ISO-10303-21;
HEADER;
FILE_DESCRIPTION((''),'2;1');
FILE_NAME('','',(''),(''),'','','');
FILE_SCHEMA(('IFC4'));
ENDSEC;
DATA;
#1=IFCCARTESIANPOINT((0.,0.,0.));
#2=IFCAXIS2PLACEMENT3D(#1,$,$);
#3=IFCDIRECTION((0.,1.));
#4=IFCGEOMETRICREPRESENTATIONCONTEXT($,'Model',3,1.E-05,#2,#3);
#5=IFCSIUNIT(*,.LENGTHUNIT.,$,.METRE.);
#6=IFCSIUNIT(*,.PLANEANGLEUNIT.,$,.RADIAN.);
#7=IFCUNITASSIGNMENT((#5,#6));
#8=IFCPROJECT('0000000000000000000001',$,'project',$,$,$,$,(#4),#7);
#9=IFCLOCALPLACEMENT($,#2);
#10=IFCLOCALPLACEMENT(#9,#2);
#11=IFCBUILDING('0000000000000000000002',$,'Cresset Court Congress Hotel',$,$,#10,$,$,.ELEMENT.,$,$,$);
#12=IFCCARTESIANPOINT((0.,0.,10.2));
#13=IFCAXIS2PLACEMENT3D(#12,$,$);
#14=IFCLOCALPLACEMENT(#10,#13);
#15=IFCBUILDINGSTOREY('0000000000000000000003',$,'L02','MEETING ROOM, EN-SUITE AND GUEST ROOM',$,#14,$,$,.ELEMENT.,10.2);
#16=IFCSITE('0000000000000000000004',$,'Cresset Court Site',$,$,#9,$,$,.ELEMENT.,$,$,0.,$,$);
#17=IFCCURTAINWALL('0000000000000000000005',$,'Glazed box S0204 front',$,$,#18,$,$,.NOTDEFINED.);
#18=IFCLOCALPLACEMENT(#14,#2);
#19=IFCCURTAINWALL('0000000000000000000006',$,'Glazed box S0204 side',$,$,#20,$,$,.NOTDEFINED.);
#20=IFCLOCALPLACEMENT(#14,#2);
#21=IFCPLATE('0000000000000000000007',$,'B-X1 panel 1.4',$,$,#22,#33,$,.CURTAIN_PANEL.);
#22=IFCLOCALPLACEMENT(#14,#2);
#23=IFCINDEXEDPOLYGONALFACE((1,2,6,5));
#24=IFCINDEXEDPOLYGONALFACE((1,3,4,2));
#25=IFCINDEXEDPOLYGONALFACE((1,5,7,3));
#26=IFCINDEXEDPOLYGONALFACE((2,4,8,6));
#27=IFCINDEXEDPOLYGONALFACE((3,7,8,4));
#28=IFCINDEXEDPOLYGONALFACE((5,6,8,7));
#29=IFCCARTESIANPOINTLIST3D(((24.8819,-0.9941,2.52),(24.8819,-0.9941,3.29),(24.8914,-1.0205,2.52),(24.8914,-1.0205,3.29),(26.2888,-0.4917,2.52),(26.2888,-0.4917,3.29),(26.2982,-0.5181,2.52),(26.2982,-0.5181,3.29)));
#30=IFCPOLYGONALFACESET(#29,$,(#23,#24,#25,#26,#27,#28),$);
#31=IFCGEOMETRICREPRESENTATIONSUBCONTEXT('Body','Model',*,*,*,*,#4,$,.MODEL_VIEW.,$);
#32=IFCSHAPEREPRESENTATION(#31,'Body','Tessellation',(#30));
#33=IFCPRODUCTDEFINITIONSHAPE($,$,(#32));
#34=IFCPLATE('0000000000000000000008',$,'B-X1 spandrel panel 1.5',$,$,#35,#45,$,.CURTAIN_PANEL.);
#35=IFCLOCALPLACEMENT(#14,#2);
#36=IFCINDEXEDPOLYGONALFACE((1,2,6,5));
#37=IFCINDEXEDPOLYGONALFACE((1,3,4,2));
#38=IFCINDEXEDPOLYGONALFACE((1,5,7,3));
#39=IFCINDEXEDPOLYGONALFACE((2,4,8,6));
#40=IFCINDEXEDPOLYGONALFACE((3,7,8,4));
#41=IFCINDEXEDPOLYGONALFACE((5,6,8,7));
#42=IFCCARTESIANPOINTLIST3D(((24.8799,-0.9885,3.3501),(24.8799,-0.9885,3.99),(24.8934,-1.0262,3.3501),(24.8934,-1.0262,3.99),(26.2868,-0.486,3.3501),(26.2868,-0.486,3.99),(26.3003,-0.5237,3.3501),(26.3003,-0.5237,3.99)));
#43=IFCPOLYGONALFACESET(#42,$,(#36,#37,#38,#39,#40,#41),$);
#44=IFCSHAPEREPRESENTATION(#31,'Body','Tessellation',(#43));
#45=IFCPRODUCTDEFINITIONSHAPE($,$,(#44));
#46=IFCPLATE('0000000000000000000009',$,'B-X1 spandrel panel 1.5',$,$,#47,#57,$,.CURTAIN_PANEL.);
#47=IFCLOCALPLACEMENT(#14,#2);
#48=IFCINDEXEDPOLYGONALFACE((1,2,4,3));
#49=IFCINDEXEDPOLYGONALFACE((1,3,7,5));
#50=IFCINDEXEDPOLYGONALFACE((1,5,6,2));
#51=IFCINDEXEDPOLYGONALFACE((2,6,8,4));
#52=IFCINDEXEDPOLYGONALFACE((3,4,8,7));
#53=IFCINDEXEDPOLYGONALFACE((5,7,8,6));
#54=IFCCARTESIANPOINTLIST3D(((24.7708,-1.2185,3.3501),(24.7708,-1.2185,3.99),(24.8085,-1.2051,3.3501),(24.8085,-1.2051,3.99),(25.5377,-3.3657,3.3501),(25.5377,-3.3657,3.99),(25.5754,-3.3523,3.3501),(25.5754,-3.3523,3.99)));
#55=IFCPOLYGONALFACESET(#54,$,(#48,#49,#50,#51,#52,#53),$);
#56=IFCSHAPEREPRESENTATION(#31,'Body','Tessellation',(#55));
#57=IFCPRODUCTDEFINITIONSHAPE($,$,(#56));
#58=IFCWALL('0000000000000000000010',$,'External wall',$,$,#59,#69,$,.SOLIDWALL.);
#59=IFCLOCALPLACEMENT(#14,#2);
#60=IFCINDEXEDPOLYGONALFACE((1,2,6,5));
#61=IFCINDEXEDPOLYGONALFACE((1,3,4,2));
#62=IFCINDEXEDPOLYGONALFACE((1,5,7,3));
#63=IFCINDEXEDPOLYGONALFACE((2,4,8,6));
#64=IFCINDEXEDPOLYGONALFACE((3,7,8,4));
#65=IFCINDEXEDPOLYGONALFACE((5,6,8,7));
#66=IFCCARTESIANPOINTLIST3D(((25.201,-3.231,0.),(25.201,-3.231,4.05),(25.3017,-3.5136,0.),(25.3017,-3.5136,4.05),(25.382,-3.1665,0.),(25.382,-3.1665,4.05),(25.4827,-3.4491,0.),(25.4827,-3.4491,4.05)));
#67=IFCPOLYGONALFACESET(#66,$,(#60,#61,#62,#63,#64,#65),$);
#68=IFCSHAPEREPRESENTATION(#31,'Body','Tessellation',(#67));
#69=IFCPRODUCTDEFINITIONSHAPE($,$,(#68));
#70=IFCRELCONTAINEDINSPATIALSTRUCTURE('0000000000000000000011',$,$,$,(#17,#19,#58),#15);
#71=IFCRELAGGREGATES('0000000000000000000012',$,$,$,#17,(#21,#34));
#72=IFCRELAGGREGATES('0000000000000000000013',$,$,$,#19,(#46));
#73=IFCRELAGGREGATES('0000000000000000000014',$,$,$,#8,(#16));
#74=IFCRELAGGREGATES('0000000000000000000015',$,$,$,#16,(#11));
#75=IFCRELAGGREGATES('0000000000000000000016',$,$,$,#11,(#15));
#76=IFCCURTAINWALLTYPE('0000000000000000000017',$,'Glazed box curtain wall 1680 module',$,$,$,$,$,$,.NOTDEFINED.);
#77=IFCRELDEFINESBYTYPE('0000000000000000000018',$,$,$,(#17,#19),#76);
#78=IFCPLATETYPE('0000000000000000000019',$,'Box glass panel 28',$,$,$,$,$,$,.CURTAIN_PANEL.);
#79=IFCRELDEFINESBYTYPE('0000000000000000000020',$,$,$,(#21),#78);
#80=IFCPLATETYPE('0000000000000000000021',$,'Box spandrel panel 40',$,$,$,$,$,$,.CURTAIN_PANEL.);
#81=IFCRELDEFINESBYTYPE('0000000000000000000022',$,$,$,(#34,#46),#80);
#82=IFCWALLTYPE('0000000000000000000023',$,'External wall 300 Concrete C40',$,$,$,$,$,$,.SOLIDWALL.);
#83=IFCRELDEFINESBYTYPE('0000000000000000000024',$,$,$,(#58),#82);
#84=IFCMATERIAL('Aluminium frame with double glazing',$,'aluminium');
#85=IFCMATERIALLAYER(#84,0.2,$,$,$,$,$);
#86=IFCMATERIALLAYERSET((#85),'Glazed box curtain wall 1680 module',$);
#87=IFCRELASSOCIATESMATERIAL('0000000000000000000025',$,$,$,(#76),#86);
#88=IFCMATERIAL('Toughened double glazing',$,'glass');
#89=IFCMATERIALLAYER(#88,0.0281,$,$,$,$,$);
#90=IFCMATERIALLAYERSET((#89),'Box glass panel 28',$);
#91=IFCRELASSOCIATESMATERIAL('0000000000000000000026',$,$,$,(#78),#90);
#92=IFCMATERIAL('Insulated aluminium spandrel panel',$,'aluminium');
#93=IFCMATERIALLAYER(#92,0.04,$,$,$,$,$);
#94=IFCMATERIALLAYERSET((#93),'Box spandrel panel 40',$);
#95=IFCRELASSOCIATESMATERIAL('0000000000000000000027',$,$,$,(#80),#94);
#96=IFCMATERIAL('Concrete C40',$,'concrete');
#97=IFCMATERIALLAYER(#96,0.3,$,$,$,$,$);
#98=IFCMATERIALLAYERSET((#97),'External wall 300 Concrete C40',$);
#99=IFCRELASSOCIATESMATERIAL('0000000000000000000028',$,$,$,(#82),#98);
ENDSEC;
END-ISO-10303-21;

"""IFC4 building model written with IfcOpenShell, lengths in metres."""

from ifc_helpers import new_model, si_unit, direction, frame, frame_2d, origin, origin_2d, place, context, subcontext, project, spatial, rectangle, extrude, material, layer, layer_set, type_object, element, aggregate, save


model = new_model("IFC4")

# Units and contexts
model_context = context("Model", 3, precision=1e-05, world=origin(), true_north=direction((0.0, 1.0)))
body_context = subcontext(model_context, "Body", "Model", "MODEL_VIEW")
ifc_project = project(units=[si_unit("LENGTHUNIT", "METRE"), si_unit("PLANEANGLEUNIT", "RADIAN")], contexts=[model_context])

# Site, building, storey
site_placement = place(None, origin())
site = spatial("IfcSite", under=ifc_project, at=site_placement, Name="Cresset Court Site", CompositionType="ELEMENT", RefElevation=0.0)
building_placement = place(site_placement, origin())
building = spatial("IfcBuilding", under=site, at=building_placement, Name="Cresset Court Congress Hotel", CompositionType="ELEMENT")
storey_placement = place(building_placement, frame((0.0, 0.0, 10.2)))
storey = spatial("IfcBuildingStorey", under=building, at=storey_placement, Name="L02", Description="MEETING ROOM, EN-SUITE AND GUEST ROOM", CompositionType="ELEMENT", Elevation=10.2)

# Curtain walls
ifc_material_1 = material(Name="Aluminium frame with double glazing", Category="aluminium")
ifc_layer_1 = layer(ifc_material_1, 0.2)
ifc_layer_set_1 = layer_set([ifc_layer_1], Name="Glazed box curtain wall 1680 module")
curtain_wall_type = type_object("IfcCurtainWallType", Name="Glazed box curtain wall 1680 module", PredefinedType="NOTDEFINED", material=ifc_layer_set_1)
curtain_wall_1_placement = place(storey_placement, origin())
curtain_wall_1 = element("IfcCurtainWall", 1, at=curtain_wall_1_placement, inside=storey, type_object=curtain_wall_type, Name="Glazed box S0204 front", PredefinedType="NOTDEFINED")
curtain_wall_2_placement = place(storey_placement, origin())
curtain_wall_2 = element("IfcCurtainWall", 2, at=curtain_wall_2_placement, inside=storey, type_object=curtain_wall_type, Name="Glazed box S0204 side", PredefinedType="NOTDEFINED")

# Plates
ifc_material_2 = material(Name="Toughened double glazing", Category="glass")
ifc_layer_2 = layer(ifc_material_2, 0.0281)
ifc_layer_set_2 = layer_set([ifc_layer_2], Name="Box glass panel 28")
plate_type_1 = type_object("IfcPlateType", Name="Box glass panel 28", PredefinedType="CURTAIN_PANEL", material=ifc_layer_set_2)
plate_1_placement = place(storey_placement, frame((25.5901, -0.7561, 2.52), z_axis=(0.0, 0.0, 1.0), x_axis=(0.941742, 0.336336, 0.0)))
plate_1 = element("IfcPlate", 3, at=plate_1_placement, type_object=plate_type_1, Name="B-X1 panel 1.4", PredefinedType="CURTAIN_PANEL", context=body_context, shape_type="SweptSolid", body=[
    extrude(rectangle(XDim=1.4939, YDim=0.0281, at=origin_2d()), origin(), (0.0, 0.0, 1.0), 0.77),
])
ifc_material_3 = material(Name="Insulated aluminium spandrel panel", Category="aluminium")
ifc_layer_3 = layer(ifc_material_3, 0.04)
ifc_layer_set_3 = layer_set([ifc_layer_3], Name="Box spandrel panel 40")
plate_type_2 = type_object("IfcPlateType", Name="Box spandrel panel 40", PredefinedType="CURTAIN_PANEL", material=ifc_layer_set_3)
plate_2_placement = place(storey_placement, frame((25.5901, -0.7561, 3.3501), z_axis=(0.0, 0.0, 1.0), x_axis=(0.941742, 0.336336, 0.0)))
plate_2 = element("IfcPlate", 4, at=plate_2_placement, type_object=plate_type_2, Name="B-X1 spandrel panel 1.5", PredefinedType="CURTAIN_PANEL", context=body_context, shape_type="SweptSolid", body=[
    extrude(rectangle(XDim=1.4939, YDim=0.04, at=origin_2d()), origin(), (0.0, 0.0, 1.0), 0.6399),
])
aggregate(curtain_wall_1, [plate_1, plate_2])
plate_3_placement = place(storey_placement, frame((25.1731, -2.2854, 3.3501), z_axis=(0.0, 0.0, 1.0), x_axis=(-0.336336, 0.941742, 0.0)))
plate_3 = element("IfcPlate", 5, at=plate_3_placement, type_object=plate_type_2, Name="B-X1 spandrel panel 1.5", PredefinedType="CURTAIN_PANEL", context=body_context, shape_type="SweptSolid", body=[
    extrude(rectangle(XDim=2.28, YDim=0.04, at=origin_2d()), origin(), (0.0, 0.0, 1.0), 0.6399),
])
aggregate(curtain_wall_2, [plate_3])

# Wall
ifc_material_4 = material(Name="Concrete C40", Category="concrete")
ifc_layer_4 = layer(ifc_material_4, 0.3)
ifc_layer_set_4 = layer_set([ifc_layer_4], Name="External wall 300 Concrete C40")
wall_type = type_object("IfcWallType", Name="External wall 300 Concrete C40", PredefinedType="SOLIDWALL", material=ifc_layer_set_4)
wall_placement = place(storey_placement, frame((25.2512, -3.3723, 0.0), z_axis=(0.0, 0.0, 1.0), x_axis=(0.942, 0.335612, 0.0)))
element("IfcWall", 6, at=wall_placement, inside=storey, type_object=wall_type, Name="External wall", PredefinedType="SOLIDWALL", context=body_context, shape_type="SweptSolid", body=[
    extrude(rectangle(XDim=0.1921, YDim=0.3, at=frame_2d((0.0962, 0.0))), origin(), (0.0, 0.0, 1.0), 4.05),
])

save(model, "model.ifc")
